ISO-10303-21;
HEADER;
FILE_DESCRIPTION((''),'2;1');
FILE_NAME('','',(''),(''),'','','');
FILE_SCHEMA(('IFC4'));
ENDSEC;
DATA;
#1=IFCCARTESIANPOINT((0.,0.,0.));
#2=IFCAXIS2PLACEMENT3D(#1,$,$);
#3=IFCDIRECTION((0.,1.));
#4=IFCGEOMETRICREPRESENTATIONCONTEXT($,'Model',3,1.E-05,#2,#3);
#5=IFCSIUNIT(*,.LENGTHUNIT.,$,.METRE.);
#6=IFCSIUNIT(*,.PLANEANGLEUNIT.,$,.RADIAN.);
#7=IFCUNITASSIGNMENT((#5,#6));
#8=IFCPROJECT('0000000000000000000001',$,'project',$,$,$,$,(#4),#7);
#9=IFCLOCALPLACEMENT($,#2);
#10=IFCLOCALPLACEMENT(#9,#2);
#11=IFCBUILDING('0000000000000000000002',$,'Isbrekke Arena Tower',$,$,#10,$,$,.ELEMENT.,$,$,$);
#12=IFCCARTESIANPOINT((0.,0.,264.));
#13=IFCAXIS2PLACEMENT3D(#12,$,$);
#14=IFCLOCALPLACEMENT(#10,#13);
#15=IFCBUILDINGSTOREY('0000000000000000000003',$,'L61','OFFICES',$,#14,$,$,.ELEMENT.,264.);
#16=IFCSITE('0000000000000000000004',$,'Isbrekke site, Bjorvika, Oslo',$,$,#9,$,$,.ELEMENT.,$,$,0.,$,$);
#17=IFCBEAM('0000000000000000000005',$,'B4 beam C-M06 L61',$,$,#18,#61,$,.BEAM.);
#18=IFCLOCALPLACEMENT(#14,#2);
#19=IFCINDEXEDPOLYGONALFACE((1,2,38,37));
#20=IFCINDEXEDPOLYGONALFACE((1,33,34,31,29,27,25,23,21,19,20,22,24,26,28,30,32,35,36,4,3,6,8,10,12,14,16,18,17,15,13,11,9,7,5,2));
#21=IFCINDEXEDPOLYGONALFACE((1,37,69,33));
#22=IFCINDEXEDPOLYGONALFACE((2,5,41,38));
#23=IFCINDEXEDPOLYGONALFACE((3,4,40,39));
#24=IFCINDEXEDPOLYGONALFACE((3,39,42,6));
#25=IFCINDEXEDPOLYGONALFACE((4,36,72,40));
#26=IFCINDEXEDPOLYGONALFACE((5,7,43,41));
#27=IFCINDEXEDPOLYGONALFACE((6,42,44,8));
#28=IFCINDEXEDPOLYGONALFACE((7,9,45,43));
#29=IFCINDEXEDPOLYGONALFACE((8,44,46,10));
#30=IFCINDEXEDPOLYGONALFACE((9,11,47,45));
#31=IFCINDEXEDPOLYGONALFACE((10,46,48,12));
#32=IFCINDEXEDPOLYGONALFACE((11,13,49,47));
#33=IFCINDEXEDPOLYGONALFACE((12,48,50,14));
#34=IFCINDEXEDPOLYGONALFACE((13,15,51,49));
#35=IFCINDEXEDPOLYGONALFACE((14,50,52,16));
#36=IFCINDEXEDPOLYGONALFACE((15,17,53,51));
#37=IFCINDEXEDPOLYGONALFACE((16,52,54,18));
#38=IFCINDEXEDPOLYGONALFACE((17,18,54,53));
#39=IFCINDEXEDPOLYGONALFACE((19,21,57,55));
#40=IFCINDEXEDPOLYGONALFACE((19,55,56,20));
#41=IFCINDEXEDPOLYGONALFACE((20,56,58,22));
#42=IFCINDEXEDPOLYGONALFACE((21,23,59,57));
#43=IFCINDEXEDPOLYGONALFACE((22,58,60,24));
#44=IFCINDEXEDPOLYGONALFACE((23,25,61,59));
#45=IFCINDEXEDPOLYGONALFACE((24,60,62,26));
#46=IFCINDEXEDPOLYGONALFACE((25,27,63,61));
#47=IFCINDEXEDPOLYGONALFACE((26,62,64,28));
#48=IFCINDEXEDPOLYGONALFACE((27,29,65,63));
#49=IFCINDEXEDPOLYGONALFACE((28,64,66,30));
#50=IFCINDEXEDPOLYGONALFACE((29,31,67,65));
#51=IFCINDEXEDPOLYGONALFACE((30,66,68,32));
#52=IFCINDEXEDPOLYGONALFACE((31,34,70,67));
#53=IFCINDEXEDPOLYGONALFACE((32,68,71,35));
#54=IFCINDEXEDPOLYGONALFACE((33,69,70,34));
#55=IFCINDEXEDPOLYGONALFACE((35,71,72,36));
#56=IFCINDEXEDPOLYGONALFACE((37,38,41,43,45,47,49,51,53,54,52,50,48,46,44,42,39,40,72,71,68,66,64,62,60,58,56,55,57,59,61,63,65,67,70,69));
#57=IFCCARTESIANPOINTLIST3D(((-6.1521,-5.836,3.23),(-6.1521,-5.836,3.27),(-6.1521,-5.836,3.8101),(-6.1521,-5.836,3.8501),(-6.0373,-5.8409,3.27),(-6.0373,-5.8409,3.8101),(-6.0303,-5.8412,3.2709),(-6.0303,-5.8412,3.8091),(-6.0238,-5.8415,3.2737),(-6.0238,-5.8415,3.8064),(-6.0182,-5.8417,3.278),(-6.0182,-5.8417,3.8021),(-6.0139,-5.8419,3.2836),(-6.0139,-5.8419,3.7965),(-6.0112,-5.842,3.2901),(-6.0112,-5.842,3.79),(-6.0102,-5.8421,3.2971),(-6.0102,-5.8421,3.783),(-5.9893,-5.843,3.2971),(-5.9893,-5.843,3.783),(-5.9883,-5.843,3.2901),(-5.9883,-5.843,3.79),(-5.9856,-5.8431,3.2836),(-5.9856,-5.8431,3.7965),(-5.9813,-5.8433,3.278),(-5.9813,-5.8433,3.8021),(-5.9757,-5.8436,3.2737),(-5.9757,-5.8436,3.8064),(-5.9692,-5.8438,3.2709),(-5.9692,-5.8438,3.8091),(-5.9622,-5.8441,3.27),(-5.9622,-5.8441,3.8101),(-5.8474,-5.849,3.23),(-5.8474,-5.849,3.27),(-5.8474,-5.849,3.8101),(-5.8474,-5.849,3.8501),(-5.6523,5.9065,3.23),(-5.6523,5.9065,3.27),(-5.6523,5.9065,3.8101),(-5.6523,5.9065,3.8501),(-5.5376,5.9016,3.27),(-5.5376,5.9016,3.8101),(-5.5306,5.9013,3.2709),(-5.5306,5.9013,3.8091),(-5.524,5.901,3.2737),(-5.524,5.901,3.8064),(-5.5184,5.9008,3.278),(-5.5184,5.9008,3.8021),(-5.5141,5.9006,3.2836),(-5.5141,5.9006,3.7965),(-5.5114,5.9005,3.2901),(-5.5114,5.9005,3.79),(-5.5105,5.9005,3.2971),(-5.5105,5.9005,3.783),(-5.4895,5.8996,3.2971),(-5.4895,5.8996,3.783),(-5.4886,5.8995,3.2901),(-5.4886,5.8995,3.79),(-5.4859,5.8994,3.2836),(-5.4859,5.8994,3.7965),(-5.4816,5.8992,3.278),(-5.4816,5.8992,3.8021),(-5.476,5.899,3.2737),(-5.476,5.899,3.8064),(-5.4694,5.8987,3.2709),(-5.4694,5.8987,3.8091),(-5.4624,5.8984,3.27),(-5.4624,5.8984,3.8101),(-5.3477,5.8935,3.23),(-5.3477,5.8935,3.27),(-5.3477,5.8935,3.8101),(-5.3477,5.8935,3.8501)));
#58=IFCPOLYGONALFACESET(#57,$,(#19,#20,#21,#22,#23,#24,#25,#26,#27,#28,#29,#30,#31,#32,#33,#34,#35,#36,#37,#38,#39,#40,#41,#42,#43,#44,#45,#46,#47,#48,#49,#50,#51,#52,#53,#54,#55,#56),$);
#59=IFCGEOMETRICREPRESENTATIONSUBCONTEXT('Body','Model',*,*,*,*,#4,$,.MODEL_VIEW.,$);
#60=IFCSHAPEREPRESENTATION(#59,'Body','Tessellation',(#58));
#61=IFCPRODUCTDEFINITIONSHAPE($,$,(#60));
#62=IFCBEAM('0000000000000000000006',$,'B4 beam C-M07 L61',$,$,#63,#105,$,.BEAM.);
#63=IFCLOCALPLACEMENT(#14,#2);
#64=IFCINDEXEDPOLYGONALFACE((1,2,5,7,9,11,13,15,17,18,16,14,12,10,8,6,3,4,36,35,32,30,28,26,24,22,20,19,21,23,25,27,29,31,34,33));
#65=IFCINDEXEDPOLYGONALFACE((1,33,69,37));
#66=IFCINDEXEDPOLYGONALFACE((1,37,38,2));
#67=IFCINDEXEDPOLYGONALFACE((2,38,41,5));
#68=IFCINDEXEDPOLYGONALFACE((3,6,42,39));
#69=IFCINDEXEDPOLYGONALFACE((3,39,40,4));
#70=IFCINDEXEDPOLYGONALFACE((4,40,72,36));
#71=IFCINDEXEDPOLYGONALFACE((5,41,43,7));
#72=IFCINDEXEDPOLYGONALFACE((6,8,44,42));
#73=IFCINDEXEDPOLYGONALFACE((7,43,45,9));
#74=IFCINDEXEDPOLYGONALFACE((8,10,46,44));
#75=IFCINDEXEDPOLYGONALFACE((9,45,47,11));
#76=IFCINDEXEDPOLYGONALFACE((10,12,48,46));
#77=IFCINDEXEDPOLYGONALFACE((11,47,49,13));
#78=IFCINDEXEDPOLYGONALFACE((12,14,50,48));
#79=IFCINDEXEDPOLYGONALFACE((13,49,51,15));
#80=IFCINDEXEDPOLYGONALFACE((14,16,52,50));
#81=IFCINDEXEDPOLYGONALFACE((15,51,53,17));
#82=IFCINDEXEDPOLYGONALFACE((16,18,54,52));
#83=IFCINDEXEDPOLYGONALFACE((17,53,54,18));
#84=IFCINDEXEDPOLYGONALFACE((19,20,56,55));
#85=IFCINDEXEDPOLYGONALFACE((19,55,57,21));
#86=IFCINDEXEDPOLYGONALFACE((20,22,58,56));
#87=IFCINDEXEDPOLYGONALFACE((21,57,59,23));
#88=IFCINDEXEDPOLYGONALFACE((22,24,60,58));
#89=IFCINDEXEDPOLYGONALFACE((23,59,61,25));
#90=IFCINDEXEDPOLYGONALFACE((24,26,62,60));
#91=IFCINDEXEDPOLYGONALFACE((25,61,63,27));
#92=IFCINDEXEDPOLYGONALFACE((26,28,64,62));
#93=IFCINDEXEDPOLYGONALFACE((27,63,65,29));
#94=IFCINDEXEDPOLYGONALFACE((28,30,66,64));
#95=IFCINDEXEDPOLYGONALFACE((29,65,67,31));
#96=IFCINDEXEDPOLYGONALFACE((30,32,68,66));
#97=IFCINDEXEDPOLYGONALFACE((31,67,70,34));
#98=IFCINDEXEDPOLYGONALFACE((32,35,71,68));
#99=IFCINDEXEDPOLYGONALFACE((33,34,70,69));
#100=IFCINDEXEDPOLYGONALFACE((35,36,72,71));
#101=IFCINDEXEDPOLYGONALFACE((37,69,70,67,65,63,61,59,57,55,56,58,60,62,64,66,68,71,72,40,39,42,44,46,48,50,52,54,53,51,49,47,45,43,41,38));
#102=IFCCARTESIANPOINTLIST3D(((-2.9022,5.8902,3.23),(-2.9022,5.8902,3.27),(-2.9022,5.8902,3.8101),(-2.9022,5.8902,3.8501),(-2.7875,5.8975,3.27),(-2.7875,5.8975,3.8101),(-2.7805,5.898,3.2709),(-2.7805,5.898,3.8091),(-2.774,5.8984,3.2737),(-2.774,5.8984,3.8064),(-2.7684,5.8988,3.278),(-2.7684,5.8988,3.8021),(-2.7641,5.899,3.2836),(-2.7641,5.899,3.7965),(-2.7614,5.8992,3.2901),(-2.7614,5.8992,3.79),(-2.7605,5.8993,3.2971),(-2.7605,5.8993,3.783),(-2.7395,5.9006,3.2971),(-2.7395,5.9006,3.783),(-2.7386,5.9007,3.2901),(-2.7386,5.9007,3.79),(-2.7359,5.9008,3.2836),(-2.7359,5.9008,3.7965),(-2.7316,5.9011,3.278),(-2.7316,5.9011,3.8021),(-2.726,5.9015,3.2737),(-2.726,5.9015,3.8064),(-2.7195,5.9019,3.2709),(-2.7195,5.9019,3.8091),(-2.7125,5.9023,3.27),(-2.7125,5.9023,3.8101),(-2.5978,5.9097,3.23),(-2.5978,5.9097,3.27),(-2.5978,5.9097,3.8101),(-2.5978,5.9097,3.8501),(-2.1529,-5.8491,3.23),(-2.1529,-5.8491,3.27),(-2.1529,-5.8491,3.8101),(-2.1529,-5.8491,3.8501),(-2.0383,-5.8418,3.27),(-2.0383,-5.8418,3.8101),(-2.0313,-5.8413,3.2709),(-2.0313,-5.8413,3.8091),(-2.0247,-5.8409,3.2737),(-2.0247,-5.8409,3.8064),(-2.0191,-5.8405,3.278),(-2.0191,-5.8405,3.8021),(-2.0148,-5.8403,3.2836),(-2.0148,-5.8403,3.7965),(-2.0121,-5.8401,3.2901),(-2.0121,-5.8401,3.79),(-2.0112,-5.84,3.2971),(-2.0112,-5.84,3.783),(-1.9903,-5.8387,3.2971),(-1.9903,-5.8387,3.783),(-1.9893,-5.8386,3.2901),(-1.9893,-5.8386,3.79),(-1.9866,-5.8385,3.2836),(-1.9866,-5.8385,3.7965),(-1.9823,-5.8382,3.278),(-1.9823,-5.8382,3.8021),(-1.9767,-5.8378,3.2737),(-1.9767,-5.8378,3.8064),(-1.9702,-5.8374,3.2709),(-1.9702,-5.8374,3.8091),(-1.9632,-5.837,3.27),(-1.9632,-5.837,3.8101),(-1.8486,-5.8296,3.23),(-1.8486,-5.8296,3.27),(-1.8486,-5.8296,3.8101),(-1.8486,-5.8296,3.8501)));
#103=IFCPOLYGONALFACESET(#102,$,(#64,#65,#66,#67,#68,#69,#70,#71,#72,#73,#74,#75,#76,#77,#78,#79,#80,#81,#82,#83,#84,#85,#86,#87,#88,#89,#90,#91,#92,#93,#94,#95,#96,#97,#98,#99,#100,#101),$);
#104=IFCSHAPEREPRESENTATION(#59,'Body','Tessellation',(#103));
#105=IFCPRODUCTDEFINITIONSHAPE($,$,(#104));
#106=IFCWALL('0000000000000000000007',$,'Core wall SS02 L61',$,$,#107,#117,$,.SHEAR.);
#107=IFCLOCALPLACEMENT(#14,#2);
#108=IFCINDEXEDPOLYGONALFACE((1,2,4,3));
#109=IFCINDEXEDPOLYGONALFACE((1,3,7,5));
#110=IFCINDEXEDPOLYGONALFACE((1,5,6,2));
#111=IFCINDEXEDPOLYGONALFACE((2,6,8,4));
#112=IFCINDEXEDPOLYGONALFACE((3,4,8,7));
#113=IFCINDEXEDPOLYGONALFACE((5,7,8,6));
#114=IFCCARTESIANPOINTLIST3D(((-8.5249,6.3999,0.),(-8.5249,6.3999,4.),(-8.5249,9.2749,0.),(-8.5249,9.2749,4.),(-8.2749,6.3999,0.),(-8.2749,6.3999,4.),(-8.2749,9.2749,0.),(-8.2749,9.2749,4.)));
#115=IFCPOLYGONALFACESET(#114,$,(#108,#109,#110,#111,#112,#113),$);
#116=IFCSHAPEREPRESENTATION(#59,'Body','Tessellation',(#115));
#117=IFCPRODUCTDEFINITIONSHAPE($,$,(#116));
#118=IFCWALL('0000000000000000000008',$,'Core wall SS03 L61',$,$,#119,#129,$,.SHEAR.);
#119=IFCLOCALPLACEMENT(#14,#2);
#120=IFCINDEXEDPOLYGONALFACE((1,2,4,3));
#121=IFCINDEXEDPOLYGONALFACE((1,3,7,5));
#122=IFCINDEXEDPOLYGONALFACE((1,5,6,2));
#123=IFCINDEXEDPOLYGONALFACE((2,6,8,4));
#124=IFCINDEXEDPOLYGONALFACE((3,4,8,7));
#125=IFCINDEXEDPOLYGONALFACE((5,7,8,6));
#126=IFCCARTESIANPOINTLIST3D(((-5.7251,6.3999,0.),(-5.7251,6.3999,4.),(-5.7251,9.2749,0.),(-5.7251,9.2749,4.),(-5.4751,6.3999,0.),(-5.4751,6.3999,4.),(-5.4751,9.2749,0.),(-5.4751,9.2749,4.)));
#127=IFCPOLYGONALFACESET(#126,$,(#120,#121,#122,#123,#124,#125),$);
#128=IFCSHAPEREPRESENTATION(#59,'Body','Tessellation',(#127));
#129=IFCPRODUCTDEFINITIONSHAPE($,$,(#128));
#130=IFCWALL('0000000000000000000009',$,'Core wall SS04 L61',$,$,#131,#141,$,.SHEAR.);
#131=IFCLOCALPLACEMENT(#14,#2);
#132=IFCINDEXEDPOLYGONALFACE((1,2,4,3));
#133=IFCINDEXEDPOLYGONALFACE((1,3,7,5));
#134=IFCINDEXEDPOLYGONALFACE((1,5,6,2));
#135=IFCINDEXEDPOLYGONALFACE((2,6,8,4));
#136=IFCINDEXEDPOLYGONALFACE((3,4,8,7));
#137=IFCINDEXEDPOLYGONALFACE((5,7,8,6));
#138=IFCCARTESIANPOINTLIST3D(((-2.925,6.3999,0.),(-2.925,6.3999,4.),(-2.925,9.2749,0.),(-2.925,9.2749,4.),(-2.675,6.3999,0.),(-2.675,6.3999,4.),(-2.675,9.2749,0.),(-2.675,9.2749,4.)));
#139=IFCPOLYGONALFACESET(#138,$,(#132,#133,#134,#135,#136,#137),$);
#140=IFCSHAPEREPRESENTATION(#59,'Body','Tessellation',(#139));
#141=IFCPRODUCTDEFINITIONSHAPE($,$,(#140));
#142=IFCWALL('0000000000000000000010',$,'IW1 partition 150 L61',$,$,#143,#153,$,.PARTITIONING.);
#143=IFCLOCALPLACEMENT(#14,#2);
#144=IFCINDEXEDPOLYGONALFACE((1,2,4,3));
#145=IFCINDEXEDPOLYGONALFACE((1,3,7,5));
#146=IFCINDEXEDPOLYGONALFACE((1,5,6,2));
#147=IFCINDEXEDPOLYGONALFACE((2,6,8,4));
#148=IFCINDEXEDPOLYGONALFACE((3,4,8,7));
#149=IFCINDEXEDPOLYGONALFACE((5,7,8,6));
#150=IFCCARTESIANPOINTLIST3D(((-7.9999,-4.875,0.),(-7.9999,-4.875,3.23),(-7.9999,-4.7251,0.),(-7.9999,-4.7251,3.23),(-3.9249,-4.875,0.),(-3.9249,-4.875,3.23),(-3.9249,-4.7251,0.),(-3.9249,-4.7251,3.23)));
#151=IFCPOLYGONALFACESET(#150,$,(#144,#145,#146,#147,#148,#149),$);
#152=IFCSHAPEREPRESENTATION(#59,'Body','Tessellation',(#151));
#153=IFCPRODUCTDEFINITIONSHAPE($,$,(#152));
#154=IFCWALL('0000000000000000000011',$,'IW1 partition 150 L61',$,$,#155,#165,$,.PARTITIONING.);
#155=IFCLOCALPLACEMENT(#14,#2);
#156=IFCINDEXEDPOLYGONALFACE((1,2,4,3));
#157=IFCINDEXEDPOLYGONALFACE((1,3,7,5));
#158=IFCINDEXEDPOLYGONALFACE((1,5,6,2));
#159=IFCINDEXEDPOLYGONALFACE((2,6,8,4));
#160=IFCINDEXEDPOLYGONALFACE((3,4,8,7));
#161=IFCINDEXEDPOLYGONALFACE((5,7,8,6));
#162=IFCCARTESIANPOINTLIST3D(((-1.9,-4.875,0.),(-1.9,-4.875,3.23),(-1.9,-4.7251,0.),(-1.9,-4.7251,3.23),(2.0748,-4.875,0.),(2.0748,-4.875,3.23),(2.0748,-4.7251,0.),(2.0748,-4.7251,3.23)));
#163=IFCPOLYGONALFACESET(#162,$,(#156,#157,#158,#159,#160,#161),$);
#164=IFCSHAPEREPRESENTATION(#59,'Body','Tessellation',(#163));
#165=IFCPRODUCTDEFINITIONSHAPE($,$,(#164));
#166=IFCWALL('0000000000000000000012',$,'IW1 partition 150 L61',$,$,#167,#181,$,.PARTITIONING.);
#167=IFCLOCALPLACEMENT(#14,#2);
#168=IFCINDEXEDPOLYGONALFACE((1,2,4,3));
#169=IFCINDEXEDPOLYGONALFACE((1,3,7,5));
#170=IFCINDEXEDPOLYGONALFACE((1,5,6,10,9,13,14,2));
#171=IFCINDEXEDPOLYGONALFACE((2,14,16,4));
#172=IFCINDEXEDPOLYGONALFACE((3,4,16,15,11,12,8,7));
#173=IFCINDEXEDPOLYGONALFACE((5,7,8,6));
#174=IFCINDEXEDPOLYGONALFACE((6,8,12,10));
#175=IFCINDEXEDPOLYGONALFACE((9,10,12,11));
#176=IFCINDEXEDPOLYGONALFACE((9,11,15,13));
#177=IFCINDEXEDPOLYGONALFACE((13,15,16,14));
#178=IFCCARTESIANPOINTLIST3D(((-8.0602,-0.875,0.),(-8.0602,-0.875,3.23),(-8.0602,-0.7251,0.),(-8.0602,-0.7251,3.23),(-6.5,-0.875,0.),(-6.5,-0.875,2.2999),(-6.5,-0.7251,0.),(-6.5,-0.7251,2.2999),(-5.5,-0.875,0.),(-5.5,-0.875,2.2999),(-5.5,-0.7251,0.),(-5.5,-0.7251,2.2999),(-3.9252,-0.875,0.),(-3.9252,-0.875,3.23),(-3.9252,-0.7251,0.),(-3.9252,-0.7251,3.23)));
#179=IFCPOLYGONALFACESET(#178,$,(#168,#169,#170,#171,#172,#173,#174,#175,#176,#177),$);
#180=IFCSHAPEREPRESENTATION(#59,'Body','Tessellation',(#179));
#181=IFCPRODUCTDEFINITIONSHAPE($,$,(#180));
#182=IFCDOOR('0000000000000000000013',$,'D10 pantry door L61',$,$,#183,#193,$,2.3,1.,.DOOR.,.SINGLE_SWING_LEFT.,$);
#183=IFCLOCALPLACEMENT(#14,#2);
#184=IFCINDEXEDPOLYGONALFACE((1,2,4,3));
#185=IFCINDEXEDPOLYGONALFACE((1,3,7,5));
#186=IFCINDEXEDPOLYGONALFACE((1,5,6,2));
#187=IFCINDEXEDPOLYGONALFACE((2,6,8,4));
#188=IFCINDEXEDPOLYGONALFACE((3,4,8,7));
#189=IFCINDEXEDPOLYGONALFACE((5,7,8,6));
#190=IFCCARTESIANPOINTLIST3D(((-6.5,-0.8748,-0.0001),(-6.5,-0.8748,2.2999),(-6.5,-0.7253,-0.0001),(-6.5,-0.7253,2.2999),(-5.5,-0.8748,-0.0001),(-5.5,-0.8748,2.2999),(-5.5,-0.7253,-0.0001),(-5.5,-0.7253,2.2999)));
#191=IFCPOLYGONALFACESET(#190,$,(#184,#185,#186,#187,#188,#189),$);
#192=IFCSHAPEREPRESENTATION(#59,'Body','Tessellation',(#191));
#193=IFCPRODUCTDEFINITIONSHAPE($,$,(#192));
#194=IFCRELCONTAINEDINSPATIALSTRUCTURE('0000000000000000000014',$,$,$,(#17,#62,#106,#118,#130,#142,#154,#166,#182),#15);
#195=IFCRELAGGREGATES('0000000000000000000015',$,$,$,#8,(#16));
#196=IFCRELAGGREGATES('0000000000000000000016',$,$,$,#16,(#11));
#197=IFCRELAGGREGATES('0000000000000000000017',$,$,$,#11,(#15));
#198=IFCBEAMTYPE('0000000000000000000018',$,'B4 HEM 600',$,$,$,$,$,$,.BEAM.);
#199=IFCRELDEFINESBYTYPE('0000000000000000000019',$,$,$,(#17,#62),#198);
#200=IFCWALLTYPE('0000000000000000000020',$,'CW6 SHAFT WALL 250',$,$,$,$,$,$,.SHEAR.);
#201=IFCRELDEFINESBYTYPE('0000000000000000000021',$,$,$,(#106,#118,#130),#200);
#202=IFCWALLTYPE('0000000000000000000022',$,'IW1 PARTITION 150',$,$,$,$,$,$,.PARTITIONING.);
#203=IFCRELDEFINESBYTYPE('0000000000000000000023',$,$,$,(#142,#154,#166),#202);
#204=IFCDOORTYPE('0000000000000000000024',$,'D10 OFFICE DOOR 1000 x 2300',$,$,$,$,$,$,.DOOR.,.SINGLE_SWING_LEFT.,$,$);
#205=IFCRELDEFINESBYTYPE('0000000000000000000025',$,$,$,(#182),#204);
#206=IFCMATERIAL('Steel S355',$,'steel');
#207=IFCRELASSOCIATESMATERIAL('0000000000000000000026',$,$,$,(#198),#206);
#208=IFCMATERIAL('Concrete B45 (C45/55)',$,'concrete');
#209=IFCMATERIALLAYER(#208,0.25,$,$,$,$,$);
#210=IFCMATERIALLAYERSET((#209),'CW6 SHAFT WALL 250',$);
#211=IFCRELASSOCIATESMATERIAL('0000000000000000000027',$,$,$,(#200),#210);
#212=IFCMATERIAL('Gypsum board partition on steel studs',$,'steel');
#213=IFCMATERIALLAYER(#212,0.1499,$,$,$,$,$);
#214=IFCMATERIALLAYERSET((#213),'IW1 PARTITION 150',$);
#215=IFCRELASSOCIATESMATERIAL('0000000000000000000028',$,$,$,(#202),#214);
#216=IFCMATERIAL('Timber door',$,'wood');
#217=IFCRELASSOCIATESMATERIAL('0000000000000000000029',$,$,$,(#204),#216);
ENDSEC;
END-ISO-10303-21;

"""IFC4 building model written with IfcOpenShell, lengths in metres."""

from ifc_helpers import new_model, si_unit, direction, frame, frame_2d, origin, origin_2d, place, context, subcontext, project, spatial, rectangle, i_section, extrude, material, layer, layer_set, material_profile, profile_set, type_object, element, fill, save


model = new_model("IFC4")

# Units and contexts
model_context = context("Model", 3, precision=1e-05, world=origin(), true_north=direction((0.0, 1.0)))
body_context = subcontext(model_context, "Body", "Model", "MODEL_VIEW")
ifc_project = project(units=[si_unit("LENGTHUNIT", "METRE"), si_unit("PLANEANGLEUNIT", "RADIAN")], contexts=[model_context])

# Site, building, storey
site_placement = place(None, origin())
site = spatial("IfcSite", under=ifc_project, at=site_placement, Name="Isbrekke site, Bjorvika, Oslo", CompositionType="ELEMENT", RefElevation=0.0)
building_placement = place(site_placement, origin())
building = spatial("IfcBuilding", under=site, at=building_placement, Name="Isbrekke Arena Tower", CompositionType="ELEMENT")
storey_placement = place(building_placement, frame((0.0, 0.0, 264.0)))
storey = spatial("IfcBuildingStorey", under=building, at=storey_placement, Name="L61", Description="OFFICES", CompositionType="ELEMENT", Elevation=264.0)

# Beams
ifc_material_1 = material(Name="Steel S355", Category="steel")
ifc_material_profile = material_profile(ifc_material_1, i_section(OverallWidth=0.3049, OverallDepth=0.6201, WebThickness=0.021, FlangeThickness=0.04, FilletRadius=0.0271, at=origin_2d()), Name="HEM 600")
ifc_profile_set = profile_set([ifc_material_profile], Name="Steel S355")
beam_type = type_object("IfcBeamType", Name="B4 HEM 600", PredefinedType="BEAM", material=ifc_profile_set)
beam_1_placement = place(storey_placement, frame((-5.9998, -5.8425, 3.54), z_axis=(0.042521, 0.999096, 0.0), x_axis=(-0.999096, 0.042521, 0.0)))
element("IfcBeam", 1, at=beam_1_placement, inside=storey, type_object=beam_type, Name="B4 beam C-M06 L61", PredefinedType="BEAM", context=body_context, shape_type="SweptSolid", body=[
    extrude(i_section(OverallWidth=0.3049, OverallDepth=0.6201, WebThickness=0.021, FlangeThickness=0.04, FilletRadius=0.0271, at=origin_2d()), origin(), (0.0, 0.0, 1.0), 11.7532),
])
beam_2_placement = place(storey_placement, frame((-2.0007, -5.8394, 3.54), z_axis=(-0.063696, 0.997969, 0.0), x_axis=(-0.997969, -0.063696, 0.0)))
element("IfcBeam", 2, at=beam_2_placement, inside=storey, type_object=beam_type, Name="B4 beam C-M07 L61", PredefinedType="BEAM", context=body_context, shape_type="SweptSolid", body=[
    extrude(i_section(OverallWidth=0.3049, OverallDepth=0.6201, WebThickness=0.021, FlangeThickness=0.04, FilletRadius=0.0271, at=origin_2d()), origin(), (0.0, 0.0, 1.0), 11.7632),
])

# Walls
ifc_material_2 = material(Name="Concrete B45 (C45/55)", Category="concrete")
ifc_layer_1 = layer(ifc_material_2, 0.25)
ifc_layer_set_1 = layer_set([ifc_layer_1], Name="CW6 SHAFT WALL 250")
wall_type_1 = type_object("IfcWallType", Name="CW6 SHAFT WALL 250", PredefinedType="SHEAR", material=ifc_layer_set_1)
for number, where, z_axis, x_axis, name in (
    (3, (-8.3999, 6.3999, 0.0), (0.0, 0.0, 1.0), (0.0, 1.0, 0.0), "Core wall SS02 L61"),
    (4, (-5.6001, 6.3999, 0.0), (0.0, 0.0, 1.0), (0.0, 1.0, 0.0), "Core wall SS03 L61"),
    (5, (-2.8, 6.3999, 0.0), (0.0, 0.0, 1.0), (0.0, 1.0, 0.0), "Core wall SS04 L61"),
):
    element("IfcWall", number, at=place(storey_placement, frame(where, z_axis=z_axis, x_axis=x_axis)), inside=storey, type_object=wall_type_1, Name=name, PredefinedType="SHEAR", context=body_context, shape_type="SweptSolid", body=[
        extrude(rectangle(XDim=2.875, YDim=0.25, at=frame_2d((1.4375, 0.0))), origin(), (0.0, 0.0, 1.0), 4.0),
    ])
ifc_material_3 = material(Name="Gypsum board partition on steel studs", Category="steel")
ifc_layer_2 = layer(ifc_material_3, 0.1499)
ifc_layer_set_2 = layer_set([ifc_layer_2], Name="IW1 PARTITION 150")
wall_type_2 = type_object("IfcWallType", Name="IW1 PARTITION 150", PredefinedType="PARTITIONING", material=ifc_layer_set_2)
wall_1_placement = place(storey_placement, frame((-8.0, -4.8, 0.0), z_axis=(0.0, 0.0, 1.0), x_axis=(1.0, 0.0, 0.0)))
element("IfcWall", 6, at=wall_1_placement, inside=storey, type_object=wall_type_2, Name="IW1 partition 150 L61", PredefinedType="PARTITIONING", context=body_context, shape_type="SweptSolid", body=[
    extrude(rectangle(XDim=4.075, YDim=0.1499, at=frame_2d((2.0376, 0.0))), origin(), (0.0, 0.0, 1.0), 3.23),
])
wall_2_placement = place(storey_placement, frame((-1.8999, -4.8, 0.0), z_axis=(0.0, 0.0, 1.0), x_axis=(1.0, 0.0, 0.0)))
element("IfcWall", 7, at=wall_2_placement, inside=storey, type_object=wall_type_2, Name="IW1 partition 150 L61", PredefinedType="PARTITIONING", context=body_context, shape_type="SweptSolid", body=[
    extrude(rectangle(XDim=3.9749, YDim=0.1499, at=frame_2d((1.9873, 0.0))), origin(), (0.0, 0.0, 1.0), 3.23),
])

# Wall, opening, door
wall_3_placement = place(storey_placement, frame((-8.0601, -0.8, 0.0), z_axis=(0.0, 0.0, 1.0), x_axis=(1.0, 0.0, 0.0)))
wall_3 = element("IfcWall", 8, at=wall_3_placement, inside=storey, type_object=wall_type_2, Name="IW1 partition 150 L61", PredefinedType="PARTITIONING", context=body_context, shape_type="SweptSolid", body=[
    extrude(rectangle(XDim=4.135, YDim=0.1499, at=frame_2d((2.0674, 0.0))), origin(), (0.0, 0.0, 1.0), 3.23),
])
opening_1_placement = place(wall_3_placement, frame((1.5601, 0.0, 0.0)))
opening_1 = element("IfcOpeningElement", 9, at=opening_1_placement, cuts=wall_3, PredefinedType="OPENING", context=body_context, shape_type="SweptSolid", body=[
    extrude(rectangle(XDim=1.0, YDim=2.3, at=frame_2d((0.5, 1.1499))), frame((0.0, 0.0898, 0.0), z_axis=(0.0, -1.0, 0.0), x_axis=(1.0, 0.0, 0.0)), (0.0, 0.0, 1.0), 0.1797),
])
ifc_material_4 = material(Name="Timber door", Category="wood")
door_type_1 = type_object("IfcDoorType", Name="D10 OFFICE DOOR 1000 x 2300", OperationType="SINGLE_SWING_LEFT", PredefinedType="DOOR", material=ifc_material_4)
door_1_placement = place(opening_1_placement, origin())
door_1 = element("IfcDoor", 10, at=door_1_placement, inside=storey, type_object=door_type_1, Name="D10 pantry door L61", OperationType="SINGLE_SWING_LEFT", OverallHeight=2.3, OverallWidth=1.0, PredefinedType="DOOR", context=body_context, shape_type="SweptSolid", body=[
    extrude(rectangle(XDim=1.0, YDim=2.3, at=frame_2d((0.5, 1.1499))), frame((0.0, 0.0747, 0.0), z_axis=(0.0, -1.0, 0.0), x_axis=(1.0, 0.0, 0.0)), (0.0, 0.0, 1.0), 0.1494),
])
fill(opening_1, door_1)

save(model, "model.ifc")
